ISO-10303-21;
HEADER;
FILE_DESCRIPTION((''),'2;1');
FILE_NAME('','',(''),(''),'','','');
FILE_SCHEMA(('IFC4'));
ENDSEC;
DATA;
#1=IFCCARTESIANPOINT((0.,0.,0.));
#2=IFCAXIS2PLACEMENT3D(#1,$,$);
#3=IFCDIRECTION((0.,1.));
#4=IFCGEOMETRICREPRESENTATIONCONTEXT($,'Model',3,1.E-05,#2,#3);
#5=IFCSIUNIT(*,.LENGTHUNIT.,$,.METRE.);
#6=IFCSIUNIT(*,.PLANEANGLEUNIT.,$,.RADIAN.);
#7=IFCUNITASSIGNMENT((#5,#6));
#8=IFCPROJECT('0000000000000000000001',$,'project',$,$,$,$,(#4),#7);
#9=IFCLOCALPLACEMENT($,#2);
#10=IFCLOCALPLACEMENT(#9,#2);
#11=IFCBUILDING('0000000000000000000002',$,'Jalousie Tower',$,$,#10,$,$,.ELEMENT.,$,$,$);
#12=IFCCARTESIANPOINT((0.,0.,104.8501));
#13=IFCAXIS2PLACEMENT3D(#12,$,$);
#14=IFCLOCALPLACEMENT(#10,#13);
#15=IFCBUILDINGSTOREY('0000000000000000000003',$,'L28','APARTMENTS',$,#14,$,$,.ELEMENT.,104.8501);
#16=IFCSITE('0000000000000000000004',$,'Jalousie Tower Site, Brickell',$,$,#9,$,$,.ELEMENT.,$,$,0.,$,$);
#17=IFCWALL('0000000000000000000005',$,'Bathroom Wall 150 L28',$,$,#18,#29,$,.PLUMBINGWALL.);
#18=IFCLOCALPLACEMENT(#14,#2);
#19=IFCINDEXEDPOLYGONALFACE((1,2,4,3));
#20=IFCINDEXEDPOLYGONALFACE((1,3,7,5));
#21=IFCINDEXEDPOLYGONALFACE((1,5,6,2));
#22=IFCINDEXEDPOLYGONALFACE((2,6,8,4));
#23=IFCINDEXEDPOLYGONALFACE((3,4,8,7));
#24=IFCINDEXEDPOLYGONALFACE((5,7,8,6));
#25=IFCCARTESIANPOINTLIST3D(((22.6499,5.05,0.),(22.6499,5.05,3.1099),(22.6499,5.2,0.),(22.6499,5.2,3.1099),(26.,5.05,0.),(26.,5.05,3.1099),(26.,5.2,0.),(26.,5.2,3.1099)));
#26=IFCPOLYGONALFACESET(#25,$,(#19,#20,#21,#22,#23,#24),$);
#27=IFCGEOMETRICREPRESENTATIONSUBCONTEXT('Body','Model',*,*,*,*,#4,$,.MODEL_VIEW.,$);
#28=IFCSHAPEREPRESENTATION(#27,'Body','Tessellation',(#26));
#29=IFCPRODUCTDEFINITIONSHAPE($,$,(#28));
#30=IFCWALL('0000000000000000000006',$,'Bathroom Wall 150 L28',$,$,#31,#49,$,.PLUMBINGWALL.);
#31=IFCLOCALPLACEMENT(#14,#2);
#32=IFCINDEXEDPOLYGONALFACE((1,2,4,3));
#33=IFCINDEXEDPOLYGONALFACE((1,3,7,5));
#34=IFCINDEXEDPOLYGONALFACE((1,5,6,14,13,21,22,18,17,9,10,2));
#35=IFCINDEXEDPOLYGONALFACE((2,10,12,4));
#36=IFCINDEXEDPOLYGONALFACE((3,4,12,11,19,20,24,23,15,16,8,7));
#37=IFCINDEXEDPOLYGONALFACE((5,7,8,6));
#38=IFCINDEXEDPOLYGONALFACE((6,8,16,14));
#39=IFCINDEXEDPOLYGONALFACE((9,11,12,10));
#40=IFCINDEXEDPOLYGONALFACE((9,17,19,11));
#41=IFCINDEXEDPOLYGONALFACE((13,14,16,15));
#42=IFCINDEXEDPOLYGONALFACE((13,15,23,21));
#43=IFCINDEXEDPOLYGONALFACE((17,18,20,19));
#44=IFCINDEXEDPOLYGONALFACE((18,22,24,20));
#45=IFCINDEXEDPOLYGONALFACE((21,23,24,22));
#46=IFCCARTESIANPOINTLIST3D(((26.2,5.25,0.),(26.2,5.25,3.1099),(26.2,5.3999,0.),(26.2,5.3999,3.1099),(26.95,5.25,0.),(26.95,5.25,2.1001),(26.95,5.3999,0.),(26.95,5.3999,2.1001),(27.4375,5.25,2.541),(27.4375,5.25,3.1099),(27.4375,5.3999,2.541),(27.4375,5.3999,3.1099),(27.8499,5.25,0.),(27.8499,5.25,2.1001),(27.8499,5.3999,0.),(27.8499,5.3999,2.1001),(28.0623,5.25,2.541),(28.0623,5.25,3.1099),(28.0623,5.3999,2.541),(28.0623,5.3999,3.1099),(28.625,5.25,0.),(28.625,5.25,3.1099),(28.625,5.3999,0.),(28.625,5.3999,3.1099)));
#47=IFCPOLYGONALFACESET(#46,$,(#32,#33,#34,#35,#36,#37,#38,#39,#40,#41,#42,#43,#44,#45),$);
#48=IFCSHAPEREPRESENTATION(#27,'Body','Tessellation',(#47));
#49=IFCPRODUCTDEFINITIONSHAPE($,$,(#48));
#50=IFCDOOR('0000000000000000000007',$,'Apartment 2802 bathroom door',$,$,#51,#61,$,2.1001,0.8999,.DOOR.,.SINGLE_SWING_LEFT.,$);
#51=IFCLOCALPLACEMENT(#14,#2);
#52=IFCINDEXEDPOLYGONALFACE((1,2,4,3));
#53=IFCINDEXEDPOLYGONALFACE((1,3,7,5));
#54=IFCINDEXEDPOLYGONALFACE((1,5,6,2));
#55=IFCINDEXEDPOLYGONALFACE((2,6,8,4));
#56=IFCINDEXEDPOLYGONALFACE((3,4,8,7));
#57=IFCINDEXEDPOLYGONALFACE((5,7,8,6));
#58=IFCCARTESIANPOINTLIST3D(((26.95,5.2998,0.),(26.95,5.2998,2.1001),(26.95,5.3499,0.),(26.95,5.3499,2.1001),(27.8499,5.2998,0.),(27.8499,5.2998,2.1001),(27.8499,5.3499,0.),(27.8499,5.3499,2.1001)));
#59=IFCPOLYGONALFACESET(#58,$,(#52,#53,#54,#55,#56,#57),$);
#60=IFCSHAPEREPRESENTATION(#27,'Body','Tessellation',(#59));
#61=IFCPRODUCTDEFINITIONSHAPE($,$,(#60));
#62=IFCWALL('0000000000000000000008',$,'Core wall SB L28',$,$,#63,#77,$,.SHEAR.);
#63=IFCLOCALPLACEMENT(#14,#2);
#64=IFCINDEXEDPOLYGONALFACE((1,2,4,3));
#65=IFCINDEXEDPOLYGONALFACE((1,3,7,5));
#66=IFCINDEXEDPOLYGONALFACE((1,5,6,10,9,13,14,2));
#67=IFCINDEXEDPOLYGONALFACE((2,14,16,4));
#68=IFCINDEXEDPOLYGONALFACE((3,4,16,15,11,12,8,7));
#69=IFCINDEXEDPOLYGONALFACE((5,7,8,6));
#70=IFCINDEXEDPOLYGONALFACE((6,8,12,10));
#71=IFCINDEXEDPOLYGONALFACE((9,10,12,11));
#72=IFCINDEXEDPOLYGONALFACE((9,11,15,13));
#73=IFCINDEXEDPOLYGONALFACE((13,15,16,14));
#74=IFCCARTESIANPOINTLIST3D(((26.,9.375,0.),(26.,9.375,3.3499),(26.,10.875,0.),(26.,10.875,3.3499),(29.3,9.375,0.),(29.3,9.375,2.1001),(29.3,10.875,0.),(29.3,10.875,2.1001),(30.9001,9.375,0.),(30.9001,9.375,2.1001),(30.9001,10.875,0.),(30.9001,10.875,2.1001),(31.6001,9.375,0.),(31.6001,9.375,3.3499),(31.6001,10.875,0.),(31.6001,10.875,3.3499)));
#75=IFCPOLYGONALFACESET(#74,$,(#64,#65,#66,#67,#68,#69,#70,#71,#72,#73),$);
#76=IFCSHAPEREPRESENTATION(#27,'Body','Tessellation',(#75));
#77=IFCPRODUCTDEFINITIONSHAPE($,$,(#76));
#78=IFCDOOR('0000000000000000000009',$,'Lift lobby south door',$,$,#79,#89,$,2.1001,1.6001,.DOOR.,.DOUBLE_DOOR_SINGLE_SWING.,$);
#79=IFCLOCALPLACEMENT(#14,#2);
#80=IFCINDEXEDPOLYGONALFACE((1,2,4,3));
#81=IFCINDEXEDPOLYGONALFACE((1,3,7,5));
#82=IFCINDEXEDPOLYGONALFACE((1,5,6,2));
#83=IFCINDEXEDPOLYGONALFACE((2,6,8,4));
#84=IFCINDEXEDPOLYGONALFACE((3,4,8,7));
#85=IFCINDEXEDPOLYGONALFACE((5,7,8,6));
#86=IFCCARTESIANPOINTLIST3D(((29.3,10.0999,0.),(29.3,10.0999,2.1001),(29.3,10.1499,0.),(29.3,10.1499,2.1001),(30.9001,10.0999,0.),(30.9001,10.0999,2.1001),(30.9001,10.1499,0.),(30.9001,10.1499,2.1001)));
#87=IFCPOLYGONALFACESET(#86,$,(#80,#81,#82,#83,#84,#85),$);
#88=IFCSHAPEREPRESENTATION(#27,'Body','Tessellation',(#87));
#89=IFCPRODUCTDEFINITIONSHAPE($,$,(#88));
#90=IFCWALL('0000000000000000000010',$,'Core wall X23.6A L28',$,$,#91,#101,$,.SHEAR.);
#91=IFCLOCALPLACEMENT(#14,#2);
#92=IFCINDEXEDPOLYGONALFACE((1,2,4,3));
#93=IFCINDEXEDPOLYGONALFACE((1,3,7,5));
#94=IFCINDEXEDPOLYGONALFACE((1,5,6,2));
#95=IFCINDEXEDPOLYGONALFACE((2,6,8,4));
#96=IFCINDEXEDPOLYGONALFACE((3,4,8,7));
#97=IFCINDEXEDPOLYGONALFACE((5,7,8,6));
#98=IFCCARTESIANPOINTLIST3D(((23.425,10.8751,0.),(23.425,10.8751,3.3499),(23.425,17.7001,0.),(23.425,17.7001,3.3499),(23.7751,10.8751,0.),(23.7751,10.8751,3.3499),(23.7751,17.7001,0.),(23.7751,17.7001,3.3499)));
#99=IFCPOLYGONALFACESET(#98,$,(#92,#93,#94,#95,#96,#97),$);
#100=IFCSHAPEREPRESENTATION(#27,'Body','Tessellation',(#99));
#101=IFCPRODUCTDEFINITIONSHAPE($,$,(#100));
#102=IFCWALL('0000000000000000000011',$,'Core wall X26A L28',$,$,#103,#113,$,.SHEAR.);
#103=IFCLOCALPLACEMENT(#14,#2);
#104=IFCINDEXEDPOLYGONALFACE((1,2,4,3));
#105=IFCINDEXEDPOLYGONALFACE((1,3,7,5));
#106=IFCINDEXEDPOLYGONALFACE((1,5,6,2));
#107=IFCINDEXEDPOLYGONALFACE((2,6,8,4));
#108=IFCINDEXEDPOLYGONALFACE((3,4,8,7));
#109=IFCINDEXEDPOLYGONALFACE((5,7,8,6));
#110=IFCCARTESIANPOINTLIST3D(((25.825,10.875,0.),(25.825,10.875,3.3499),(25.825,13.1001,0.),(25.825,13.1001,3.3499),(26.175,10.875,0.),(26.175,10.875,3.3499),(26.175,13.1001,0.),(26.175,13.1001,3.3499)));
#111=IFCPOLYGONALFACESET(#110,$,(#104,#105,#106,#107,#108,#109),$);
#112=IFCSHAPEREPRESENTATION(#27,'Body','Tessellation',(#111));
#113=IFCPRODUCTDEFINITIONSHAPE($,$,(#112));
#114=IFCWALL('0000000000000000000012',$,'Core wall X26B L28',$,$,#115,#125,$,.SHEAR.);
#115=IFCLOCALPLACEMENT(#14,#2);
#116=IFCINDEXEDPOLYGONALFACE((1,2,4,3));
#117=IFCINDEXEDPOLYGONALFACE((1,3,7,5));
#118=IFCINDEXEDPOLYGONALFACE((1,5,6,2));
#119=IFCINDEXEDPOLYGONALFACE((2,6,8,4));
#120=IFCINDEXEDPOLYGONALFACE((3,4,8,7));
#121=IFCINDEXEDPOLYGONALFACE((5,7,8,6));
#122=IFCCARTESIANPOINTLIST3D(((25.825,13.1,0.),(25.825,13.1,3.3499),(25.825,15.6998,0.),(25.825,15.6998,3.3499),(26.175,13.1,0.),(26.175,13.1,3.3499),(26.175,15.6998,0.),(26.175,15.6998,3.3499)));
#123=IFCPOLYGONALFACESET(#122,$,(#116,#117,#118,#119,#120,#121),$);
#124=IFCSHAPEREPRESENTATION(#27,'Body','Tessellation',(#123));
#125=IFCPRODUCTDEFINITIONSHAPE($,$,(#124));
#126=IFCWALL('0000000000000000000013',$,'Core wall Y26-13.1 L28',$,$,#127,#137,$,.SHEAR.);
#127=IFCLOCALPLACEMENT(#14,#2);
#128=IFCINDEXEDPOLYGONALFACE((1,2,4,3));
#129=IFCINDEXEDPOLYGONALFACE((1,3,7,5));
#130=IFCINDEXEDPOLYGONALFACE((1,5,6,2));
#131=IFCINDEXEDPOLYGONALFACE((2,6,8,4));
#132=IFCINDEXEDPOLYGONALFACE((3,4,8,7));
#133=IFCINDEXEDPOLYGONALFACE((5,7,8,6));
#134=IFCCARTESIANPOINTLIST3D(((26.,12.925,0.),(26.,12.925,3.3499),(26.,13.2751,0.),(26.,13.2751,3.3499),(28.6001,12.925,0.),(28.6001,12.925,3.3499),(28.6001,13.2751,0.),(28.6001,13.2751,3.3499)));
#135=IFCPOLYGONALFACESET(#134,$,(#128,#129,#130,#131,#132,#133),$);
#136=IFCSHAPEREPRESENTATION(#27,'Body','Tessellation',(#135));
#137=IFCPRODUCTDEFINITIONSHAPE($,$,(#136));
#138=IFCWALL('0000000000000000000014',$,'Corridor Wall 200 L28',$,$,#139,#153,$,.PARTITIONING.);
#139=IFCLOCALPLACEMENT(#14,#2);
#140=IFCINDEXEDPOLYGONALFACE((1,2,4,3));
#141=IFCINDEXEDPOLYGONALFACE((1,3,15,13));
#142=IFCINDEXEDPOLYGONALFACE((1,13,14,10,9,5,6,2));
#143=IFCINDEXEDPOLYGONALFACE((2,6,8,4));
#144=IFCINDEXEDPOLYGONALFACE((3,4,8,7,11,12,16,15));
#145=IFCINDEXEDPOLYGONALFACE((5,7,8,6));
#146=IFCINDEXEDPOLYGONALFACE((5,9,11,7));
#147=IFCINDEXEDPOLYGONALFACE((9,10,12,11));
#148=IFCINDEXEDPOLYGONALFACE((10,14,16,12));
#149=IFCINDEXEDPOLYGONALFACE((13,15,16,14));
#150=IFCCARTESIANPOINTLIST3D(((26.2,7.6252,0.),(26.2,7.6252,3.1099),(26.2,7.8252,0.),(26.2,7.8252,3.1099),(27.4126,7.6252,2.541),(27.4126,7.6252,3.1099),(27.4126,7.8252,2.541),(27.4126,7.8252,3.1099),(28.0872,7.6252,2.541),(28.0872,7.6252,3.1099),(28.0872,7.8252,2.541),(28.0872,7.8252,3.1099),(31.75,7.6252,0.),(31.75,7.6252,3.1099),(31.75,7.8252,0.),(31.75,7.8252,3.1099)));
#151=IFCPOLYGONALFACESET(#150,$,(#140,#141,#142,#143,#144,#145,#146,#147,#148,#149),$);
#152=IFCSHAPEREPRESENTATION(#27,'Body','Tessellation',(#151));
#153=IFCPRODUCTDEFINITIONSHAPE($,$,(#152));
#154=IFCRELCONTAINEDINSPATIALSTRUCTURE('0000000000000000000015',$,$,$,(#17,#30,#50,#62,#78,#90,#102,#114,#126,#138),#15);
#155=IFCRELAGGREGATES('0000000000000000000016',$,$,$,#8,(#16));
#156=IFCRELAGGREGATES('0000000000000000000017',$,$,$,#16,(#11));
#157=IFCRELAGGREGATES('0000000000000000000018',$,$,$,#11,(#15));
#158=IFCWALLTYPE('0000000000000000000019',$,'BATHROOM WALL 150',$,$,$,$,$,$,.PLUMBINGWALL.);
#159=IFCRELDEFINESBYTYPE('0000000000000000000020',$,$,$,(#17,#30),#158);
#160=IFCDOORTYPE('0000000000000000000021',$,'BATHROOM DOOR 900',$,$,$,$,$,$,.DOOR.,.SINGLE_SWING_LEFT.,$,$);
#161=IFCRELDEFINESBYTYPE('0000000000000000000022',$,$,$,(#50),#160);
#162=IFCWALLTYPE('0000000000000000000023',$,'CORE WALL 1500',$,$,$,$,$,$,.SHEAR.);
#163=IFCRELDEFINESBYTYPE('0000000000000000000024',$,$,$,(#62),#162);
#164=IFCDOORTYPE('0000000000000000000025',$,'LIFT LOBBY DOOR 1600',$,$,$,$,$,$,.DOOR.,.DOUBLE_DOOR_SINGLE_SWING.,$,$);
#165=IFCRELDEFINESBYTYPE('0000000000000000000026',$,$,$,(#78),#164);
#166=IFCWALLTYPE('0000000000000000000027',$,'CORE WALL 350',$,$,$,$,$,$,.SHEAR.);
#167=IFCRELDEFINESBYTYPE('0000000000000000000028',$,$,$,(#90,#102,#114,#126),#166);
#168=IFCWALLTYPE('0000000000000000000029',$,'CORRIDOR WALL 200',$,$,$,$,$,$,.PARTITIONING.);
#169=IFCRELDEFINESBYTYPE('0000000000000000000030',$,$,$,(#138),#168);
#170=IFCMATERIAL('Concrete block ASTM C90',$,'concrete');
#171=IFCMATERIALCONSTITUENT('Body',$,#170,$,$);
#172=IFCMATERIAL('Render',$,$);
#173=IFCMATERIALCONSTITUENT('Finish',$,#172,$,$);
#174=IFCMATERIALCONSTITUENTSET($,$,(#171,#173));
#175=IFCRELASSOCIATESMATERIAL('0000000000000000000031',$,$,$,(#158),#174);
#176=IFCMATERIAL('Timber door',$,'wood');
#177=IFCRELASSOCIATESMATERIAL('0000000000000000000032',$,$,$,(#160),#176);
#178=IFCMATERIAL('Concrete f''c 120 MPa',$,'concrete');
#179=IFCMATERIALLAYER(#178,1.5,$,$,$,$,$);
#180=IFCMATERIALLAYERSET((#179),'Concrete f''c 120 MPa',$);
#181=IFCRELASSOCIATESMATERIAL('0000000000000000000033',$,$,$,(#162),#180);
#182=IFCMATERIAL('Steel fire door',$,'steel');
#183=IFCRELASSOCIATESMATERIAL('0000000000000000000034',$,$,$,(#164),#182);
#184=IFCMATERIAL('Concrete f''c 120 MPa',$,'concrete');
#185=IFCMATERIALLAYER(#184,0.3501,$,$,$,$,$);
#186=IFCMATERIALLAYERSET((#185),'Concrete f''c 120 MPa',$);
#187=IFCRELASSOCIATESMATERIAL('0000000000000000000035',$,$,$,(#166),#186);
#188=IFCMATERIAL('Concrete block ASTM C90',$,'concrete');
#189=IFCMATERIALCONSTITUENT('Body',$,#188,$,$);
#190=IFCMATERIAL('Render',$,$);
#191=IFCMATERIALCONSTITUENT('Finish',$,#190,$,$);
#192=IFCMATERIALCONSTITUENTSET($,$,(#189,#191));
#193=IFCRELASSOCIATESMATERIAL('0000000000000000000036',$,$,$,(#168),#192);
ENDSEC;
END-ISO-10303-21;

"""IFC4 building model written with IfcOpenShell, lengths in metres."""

from ifc_helpers import new_model, si_unit, direction, frame, frame_2d, origin, place, context, subcontext, project, spatial, polyline, rectangle, outline, extrude, material, layer, layer_set, constituent, constituent_set, type_object, element, fill, save


model = new_model("IFC4")

# Units and contexts
model_context = context("Model", 3, precision=1e-05, world=origin(), true_north=direction((0.0, 1.0)))
body_context = subcontext(model_context, "Body", "Model", "MODEL_VIEW")
ifc_project = project(units=[si_unit("LENGTHUNIT", "METRE"), si_unit("PLANEANGLEUNIT", "RADIAN")], contexts=[model_context])

# Site, building, storey
site_placement = place(None, origin())
site = spatial("IfcSite", under=ifc_project, at=site_placement, Name="Jalousie Tower Site, Brickell", CompositionType="ELEMENT", RefElevation=0.0)
building_placement = place(site_placement, origin())
building = spatial("IfcBuilding", under=site, at=building_placement, Name="Jalousie Tower", CompositionType="ELEMENT")
storey_placement = place(building_placement, frame((0.0, 0.0, 104.8501)))
storey = spatial("IfcBuildingStorey", under=building, at=storey_placement, Name="L28", Description="APARTMENTS", CompositionType="ELEMENT", Elevation=104.8501)

# Wall
ifc_material_1 = material(Name="Concrete block ASTM C90", Category="concrete")
ifc_constituent_1 = constituent(ifc_material_1, Name="Body")
ifc_material_2 = material(Name="Render")
ifc_constituent_2 = constituent(ifc_material_2, Name="Finish")
ifc_constituent_set_1 = constituent_set(constituents=[ifc_constituent_1, ifc_constituent_2])
wall_type_1 = type_object("IfcWallType", Name="BATHROOM WALL 150", PredefinedType="PLUMBINGWALL", material=ifc_constituent_set_1)
wall_1_placement = place(storey_placement, frame((22.6499, 5.125, 0.0), z_axis=(0.0, 0.0, 1.0), x_axis=(1.0, 0.0, 0.0)))
element("IfcWall", 1, at=wall_1_placement, inside=storey, type_object=wall_type_1, Name="Bathroom Wall 150 L28", PredefinedType="PLUMBINGWALL", context=body_context, shape_type="SweptSolid", body=[
    extrude(rectangle(XDim=3.3501, YDim=0.1499, at=frame_2d((1.675, 0.0))), origin(), (0.0, 0.0, 1.0), 3.1099),
])

# Walls, openings, doors
wall_2_placement = place(storey_placement, frame((26.2, 5.325, 0.0), z_axis=(0.0, 0.0, 1.0), x_axis=(1.0, 0.0, 0.0)))
wall_2 = element("IfcWall", 2, at=wall_2_placement, inside=storey, type_object=wall_type_1, Name="Bathroom Wall 150 L28", PredefinedType="PLUMBINGWALL", context=body_context, shape_type="SweptSolid", body=[
    extrude(outline(polyline([(0.0, 0.0), (2.425, 0.0), (2.425, 3.1099), (1.8623, 3.1099), (1.8623, 2.541), (1.2375, 2.541), (1.2375, 3.1099), (0.0, 3.1099), (0.0, 0.0)])), frame((0.0, 0.075, 0.0), z_axis=(0.0, -1.0, 0.0), x_axis=(1.0, 0.0, 0.0)), (0.0, 0.0, 1.0), 0.1499),
])
opening_1_placement = place(wall_2_placement, frame((0.75, 0.0, 0.0)))
opening_1 = element("IfcOpeningElement", 3, at=opening_1_placement, cuts=wall_2, PredefinedType="OPENING", context=body_context, shape_type="SweptSolid", body=[
    extrude(rectangle(XDim=0.8999, YDim=2.1001, at=frame_2d((0.45, 1.05))), frame((0.0, 0.085, 0.0), z_axis=(0.0, -1.0, 0.0), x_axis=(1.0, 0.0, 0.0)), (0.0, 0.0, 1.0), 0.1699),
])
ifc_material_3 = material(Name="Timber door", Category="wood")
door_type_1 = type_object("IfcDoorType", Name="BATHROOM DOOR 900", OperationType="SINGLE_SWING_LEFT", PredefinedType="DOOR", material=ifc_material_3)
door_1_placement = place(opening_1_placement, origin())
door_1 = element("IfcDoor", 4, at=door_1_placement, inside=storey, type_object=door_type_1, Name="Apartment 2802 bathroom door", OperationType="SINGLE_SWING_LEFT", OverallHeight=2.1001, OverallWidth=0.8999, PredefinedType="DOOR", context=body_context, shape_type="SweptSolid", body=[
    extrude(rectangle(XDim=0.8999, YDim=2.1001, at=frame_2d((0.45, 1.05))), frame((0.0, 0.0249, 0.0), z_axis=(0.0, -1.0, 0.0), x_axis=(1.0, 0.0, 0.0)), (0.0, 0.0, 1.0), 0.05),
])
fill(opening_1, door_1)
ifc_material_4 = material(Name="Concrete f'c 120 MPa", Category="concrete")
ifc_layer_1 = layer(ifc_material_4, 1.5)
ifc_layer_set_1 = layer_set([ifc_layer_1], Name="Concrete f'c 120 MPa")
wall_type_2 = type_object("IfcWallType", Name="CORE WALL 1500", PredefinedType="SHEAR", material=ifc_layer_set_1)
wall_3_placement = place(storey_placement, frame((26.0, 10.125, 0.0), z_axis=(0.0, 0.0, 1.0), x_axis=(1.0, 0.0, 0.0)))
wall_3 = element("IfcWall", 5, at=wall_3_placement, inside=storey, type_object=wall_type_2, Name="Core wall SB L28", PredefinedType="SHEAR", context=body_context, shape_type="SweptSolid", body=[
    extrude(rectangle(XDim=5.6001, YDim=1.5, at=frame_2d((2.8, 0.0))), origin(), (0.0, 0.0, 1.0), 3.3499),
])
opening_2_placement = place(wall_3_placement, frame((3.3, 0.0, 0.0)))
opening_2 = element("IfcOpeningElement", 6, at=opening_2_placement, cuts=wall_3, PredefinedType="OPENING", context=body_context, shape_type="SweptSolid", body=[
    extrude(rectangle(XDim=1.6001, YDim=2.1001, at=frame_2d((0.8, 1.05))), frame((0.0, 0.76, 0.0), z_axis=(0.0, -1.0, 0.0), x_axis=(1.0, 0.0, 0.0)), (0.0, 0.0, 1.0), 1.52),
])
ifc_material_5 = material(Name="Steel fire door", Category="steel")
door_type_2 = type_object("IfcDoorType", Name="LIFT LOBBY DOOR 1600", OperationType="DOUBLE_DOOR_SINGLE_SWING", PredefinedType="DOOR", material=ifc_material_5)
door_2_placement = place(opening_2_placement, origin())
door_2 = element("IfcDoor", 7, at=door_2_placement, inside=storey, type_object=door_type_2, Name="Lift lobby south door", OperationType="DOUBLE_DOOR_SINGLE_SWING", OverallHeight=2.1001, OverallWidth=1.6001, PredefinedType="DOOR", context=body_context, shape_type="SweptSolid", body=[
    extrude(rectangle(XDim=1.6001, YDim=2.1001, at=frame_2d((0.8, 1.05))), frame((0.0, 0.0249, 0.0), z_axis=(0.0, -1.0, 0.0), x_axis=(1.0, 0.0, 0.0)), (0.0, 0.0, 1.0), 0.05),
])
fill(opening_2, door_2)

# Walls
ifc_material_6 = material(Name="Concrete f'c 120 MPa", Category="concrete")
ifc_layer_2 = layer(ifc_material_6, 0.3501)
ifc_layer_set_2 = layer_set([ifc_layer_2], Name="Concrete f'c 120 MPa")
wall_type_3 = type_object("IfcWallType", Name="CORE WALL 350", PredefinedType="SHEAR", material=ifc_layer_set_2)
wall_4_placement = place(storey_placement, frame((23.6001, 10.875, 0.0), z_axis=(0.0, 0.0, 1.0), x_axis=(0.0, 1.0, 0.0)))
element("IfcWall", 8, at=wall_4_placement, inside=storey, type_object=wall_type_3, Name="Core wall X23.6A L28", PredefinedType="SHEAR", context=body_context, shape_type="SweptSolid", body=[
    extrude(rectangle(XDim=6.825, YDim=0.3501, at=frame_2d((3.4126, 0.0))), origin(), (0.0, 0.0, 1.0), 3.3499),
])
wall_5_placement = place(storey_placement, frame((26.0, 10.875, 0.0), z_axis=(0.0, 0.0, 1.0), x_axis=(0.0, 1.0, 0.0)))
element("IfcWall", 9, at=wall_5_placement, inside=storey, type_object=wall_type_3, Name="Core wall X26A L28", PredefinedType="SHEAR", context=body_context, shape_type="SweptSolid", body=[
    extrude(rectangle(XDim=2.2251, YDim=0.3501, at=frame_2d((1.1125, 0.0))), origin(), (0.0, 0.0, 1.0), 3.3499),
])
wall_6_placement = place(storey_placement, frame((26.0, 13.1001, 0.0), z_axis=(0.0, 0.0, 1.0), x_axis=(0.0, 1.0, 0.0)))
element("IfcWall", 10, at=wall_6_placement, inside=storey, type_object=wall_type_3, Name="Core wall X26B L28", PredefinedType="SHEAR", context=body_context, shape_type="SweptSolid", body=[
    extrude(rectangle(XDim=2.5999, YDim=0.3501, at=frame_2d((1.2998, 0.0))), origin(), (0.0, 0.0, 1.0), 3.3499),
])
wall_7_placement = place(storey_placement, frame((26.0, 13.1001, 0.0), z_axis=(0.0, 0.0, 1.0), x_axis=(1.0, 0.0, 0.0)))
element("IfcWall", 11, at=wall_7_placement, inside=storey, type_object=wall_type_3, Name="Core wall Y26-13.1 L28", PredefinedType="SHEAR", context=body_context, shape_type="SweptSolid", body=[
    extrude(rectangle(XDim=2.6001, YDim=0.3501, at=frame_2d((1.3, 0.0))), origin(), (0.0, 0.0, 1.0), 3.3499),
])
ifc_material_7 = material(Name="Concrete block ASTM C90", Category="concrete")
ifc_constituent_3 = constituent(ifc_material_7, Name="Body")
ifc_material_8 = material(Name="Render")
ifc_constituent_4 = constituent(ifc_material_8, Name="Finish")
ifc_constituent_set_2 = constituent_set(constituents=[ifc_constituent_3, ifc_constituent_4])
wall_type_4 = type_object("IfcWallType", Name="CORRIDOR WALL 200", PredefinedType="PARTITIONING", material=ifc_constituent_set_2)
wall_8_placement = place(storey_placement, frame((26.2, 7.7251, 0.0), z_axis=(0.0, 0.0, 1.0), x_axis=(1.0, 0.0, 0.0)))
element("IfcWall", 12, at=wall_8_placement, inside=storey, type_object=wall_type_4, Name="Corridor Wall 200 L28", PredefinedType="PARTITIONING", context=body_context, shape_type="SweptSolid", body=[
    extrude(outline(polyline([(0.0, 0.0), (5.55, 0.0), (5.55, 3.1099), (1.8872, 3.1099), (1.8872, 2.541), (1.2126, 2.541), (1.2126, 3.1099), (0.0, 3.1099), (0.0, 0.0)])), frame((0.0, 0.1001, 0.0), z_axis=(0.0, -1.0, 0.0), x_axis=(1.0, 0.0, 0.0)), (0.0, 0.0, 1.0), 0.2),
])

save(model, "model.ifc")
